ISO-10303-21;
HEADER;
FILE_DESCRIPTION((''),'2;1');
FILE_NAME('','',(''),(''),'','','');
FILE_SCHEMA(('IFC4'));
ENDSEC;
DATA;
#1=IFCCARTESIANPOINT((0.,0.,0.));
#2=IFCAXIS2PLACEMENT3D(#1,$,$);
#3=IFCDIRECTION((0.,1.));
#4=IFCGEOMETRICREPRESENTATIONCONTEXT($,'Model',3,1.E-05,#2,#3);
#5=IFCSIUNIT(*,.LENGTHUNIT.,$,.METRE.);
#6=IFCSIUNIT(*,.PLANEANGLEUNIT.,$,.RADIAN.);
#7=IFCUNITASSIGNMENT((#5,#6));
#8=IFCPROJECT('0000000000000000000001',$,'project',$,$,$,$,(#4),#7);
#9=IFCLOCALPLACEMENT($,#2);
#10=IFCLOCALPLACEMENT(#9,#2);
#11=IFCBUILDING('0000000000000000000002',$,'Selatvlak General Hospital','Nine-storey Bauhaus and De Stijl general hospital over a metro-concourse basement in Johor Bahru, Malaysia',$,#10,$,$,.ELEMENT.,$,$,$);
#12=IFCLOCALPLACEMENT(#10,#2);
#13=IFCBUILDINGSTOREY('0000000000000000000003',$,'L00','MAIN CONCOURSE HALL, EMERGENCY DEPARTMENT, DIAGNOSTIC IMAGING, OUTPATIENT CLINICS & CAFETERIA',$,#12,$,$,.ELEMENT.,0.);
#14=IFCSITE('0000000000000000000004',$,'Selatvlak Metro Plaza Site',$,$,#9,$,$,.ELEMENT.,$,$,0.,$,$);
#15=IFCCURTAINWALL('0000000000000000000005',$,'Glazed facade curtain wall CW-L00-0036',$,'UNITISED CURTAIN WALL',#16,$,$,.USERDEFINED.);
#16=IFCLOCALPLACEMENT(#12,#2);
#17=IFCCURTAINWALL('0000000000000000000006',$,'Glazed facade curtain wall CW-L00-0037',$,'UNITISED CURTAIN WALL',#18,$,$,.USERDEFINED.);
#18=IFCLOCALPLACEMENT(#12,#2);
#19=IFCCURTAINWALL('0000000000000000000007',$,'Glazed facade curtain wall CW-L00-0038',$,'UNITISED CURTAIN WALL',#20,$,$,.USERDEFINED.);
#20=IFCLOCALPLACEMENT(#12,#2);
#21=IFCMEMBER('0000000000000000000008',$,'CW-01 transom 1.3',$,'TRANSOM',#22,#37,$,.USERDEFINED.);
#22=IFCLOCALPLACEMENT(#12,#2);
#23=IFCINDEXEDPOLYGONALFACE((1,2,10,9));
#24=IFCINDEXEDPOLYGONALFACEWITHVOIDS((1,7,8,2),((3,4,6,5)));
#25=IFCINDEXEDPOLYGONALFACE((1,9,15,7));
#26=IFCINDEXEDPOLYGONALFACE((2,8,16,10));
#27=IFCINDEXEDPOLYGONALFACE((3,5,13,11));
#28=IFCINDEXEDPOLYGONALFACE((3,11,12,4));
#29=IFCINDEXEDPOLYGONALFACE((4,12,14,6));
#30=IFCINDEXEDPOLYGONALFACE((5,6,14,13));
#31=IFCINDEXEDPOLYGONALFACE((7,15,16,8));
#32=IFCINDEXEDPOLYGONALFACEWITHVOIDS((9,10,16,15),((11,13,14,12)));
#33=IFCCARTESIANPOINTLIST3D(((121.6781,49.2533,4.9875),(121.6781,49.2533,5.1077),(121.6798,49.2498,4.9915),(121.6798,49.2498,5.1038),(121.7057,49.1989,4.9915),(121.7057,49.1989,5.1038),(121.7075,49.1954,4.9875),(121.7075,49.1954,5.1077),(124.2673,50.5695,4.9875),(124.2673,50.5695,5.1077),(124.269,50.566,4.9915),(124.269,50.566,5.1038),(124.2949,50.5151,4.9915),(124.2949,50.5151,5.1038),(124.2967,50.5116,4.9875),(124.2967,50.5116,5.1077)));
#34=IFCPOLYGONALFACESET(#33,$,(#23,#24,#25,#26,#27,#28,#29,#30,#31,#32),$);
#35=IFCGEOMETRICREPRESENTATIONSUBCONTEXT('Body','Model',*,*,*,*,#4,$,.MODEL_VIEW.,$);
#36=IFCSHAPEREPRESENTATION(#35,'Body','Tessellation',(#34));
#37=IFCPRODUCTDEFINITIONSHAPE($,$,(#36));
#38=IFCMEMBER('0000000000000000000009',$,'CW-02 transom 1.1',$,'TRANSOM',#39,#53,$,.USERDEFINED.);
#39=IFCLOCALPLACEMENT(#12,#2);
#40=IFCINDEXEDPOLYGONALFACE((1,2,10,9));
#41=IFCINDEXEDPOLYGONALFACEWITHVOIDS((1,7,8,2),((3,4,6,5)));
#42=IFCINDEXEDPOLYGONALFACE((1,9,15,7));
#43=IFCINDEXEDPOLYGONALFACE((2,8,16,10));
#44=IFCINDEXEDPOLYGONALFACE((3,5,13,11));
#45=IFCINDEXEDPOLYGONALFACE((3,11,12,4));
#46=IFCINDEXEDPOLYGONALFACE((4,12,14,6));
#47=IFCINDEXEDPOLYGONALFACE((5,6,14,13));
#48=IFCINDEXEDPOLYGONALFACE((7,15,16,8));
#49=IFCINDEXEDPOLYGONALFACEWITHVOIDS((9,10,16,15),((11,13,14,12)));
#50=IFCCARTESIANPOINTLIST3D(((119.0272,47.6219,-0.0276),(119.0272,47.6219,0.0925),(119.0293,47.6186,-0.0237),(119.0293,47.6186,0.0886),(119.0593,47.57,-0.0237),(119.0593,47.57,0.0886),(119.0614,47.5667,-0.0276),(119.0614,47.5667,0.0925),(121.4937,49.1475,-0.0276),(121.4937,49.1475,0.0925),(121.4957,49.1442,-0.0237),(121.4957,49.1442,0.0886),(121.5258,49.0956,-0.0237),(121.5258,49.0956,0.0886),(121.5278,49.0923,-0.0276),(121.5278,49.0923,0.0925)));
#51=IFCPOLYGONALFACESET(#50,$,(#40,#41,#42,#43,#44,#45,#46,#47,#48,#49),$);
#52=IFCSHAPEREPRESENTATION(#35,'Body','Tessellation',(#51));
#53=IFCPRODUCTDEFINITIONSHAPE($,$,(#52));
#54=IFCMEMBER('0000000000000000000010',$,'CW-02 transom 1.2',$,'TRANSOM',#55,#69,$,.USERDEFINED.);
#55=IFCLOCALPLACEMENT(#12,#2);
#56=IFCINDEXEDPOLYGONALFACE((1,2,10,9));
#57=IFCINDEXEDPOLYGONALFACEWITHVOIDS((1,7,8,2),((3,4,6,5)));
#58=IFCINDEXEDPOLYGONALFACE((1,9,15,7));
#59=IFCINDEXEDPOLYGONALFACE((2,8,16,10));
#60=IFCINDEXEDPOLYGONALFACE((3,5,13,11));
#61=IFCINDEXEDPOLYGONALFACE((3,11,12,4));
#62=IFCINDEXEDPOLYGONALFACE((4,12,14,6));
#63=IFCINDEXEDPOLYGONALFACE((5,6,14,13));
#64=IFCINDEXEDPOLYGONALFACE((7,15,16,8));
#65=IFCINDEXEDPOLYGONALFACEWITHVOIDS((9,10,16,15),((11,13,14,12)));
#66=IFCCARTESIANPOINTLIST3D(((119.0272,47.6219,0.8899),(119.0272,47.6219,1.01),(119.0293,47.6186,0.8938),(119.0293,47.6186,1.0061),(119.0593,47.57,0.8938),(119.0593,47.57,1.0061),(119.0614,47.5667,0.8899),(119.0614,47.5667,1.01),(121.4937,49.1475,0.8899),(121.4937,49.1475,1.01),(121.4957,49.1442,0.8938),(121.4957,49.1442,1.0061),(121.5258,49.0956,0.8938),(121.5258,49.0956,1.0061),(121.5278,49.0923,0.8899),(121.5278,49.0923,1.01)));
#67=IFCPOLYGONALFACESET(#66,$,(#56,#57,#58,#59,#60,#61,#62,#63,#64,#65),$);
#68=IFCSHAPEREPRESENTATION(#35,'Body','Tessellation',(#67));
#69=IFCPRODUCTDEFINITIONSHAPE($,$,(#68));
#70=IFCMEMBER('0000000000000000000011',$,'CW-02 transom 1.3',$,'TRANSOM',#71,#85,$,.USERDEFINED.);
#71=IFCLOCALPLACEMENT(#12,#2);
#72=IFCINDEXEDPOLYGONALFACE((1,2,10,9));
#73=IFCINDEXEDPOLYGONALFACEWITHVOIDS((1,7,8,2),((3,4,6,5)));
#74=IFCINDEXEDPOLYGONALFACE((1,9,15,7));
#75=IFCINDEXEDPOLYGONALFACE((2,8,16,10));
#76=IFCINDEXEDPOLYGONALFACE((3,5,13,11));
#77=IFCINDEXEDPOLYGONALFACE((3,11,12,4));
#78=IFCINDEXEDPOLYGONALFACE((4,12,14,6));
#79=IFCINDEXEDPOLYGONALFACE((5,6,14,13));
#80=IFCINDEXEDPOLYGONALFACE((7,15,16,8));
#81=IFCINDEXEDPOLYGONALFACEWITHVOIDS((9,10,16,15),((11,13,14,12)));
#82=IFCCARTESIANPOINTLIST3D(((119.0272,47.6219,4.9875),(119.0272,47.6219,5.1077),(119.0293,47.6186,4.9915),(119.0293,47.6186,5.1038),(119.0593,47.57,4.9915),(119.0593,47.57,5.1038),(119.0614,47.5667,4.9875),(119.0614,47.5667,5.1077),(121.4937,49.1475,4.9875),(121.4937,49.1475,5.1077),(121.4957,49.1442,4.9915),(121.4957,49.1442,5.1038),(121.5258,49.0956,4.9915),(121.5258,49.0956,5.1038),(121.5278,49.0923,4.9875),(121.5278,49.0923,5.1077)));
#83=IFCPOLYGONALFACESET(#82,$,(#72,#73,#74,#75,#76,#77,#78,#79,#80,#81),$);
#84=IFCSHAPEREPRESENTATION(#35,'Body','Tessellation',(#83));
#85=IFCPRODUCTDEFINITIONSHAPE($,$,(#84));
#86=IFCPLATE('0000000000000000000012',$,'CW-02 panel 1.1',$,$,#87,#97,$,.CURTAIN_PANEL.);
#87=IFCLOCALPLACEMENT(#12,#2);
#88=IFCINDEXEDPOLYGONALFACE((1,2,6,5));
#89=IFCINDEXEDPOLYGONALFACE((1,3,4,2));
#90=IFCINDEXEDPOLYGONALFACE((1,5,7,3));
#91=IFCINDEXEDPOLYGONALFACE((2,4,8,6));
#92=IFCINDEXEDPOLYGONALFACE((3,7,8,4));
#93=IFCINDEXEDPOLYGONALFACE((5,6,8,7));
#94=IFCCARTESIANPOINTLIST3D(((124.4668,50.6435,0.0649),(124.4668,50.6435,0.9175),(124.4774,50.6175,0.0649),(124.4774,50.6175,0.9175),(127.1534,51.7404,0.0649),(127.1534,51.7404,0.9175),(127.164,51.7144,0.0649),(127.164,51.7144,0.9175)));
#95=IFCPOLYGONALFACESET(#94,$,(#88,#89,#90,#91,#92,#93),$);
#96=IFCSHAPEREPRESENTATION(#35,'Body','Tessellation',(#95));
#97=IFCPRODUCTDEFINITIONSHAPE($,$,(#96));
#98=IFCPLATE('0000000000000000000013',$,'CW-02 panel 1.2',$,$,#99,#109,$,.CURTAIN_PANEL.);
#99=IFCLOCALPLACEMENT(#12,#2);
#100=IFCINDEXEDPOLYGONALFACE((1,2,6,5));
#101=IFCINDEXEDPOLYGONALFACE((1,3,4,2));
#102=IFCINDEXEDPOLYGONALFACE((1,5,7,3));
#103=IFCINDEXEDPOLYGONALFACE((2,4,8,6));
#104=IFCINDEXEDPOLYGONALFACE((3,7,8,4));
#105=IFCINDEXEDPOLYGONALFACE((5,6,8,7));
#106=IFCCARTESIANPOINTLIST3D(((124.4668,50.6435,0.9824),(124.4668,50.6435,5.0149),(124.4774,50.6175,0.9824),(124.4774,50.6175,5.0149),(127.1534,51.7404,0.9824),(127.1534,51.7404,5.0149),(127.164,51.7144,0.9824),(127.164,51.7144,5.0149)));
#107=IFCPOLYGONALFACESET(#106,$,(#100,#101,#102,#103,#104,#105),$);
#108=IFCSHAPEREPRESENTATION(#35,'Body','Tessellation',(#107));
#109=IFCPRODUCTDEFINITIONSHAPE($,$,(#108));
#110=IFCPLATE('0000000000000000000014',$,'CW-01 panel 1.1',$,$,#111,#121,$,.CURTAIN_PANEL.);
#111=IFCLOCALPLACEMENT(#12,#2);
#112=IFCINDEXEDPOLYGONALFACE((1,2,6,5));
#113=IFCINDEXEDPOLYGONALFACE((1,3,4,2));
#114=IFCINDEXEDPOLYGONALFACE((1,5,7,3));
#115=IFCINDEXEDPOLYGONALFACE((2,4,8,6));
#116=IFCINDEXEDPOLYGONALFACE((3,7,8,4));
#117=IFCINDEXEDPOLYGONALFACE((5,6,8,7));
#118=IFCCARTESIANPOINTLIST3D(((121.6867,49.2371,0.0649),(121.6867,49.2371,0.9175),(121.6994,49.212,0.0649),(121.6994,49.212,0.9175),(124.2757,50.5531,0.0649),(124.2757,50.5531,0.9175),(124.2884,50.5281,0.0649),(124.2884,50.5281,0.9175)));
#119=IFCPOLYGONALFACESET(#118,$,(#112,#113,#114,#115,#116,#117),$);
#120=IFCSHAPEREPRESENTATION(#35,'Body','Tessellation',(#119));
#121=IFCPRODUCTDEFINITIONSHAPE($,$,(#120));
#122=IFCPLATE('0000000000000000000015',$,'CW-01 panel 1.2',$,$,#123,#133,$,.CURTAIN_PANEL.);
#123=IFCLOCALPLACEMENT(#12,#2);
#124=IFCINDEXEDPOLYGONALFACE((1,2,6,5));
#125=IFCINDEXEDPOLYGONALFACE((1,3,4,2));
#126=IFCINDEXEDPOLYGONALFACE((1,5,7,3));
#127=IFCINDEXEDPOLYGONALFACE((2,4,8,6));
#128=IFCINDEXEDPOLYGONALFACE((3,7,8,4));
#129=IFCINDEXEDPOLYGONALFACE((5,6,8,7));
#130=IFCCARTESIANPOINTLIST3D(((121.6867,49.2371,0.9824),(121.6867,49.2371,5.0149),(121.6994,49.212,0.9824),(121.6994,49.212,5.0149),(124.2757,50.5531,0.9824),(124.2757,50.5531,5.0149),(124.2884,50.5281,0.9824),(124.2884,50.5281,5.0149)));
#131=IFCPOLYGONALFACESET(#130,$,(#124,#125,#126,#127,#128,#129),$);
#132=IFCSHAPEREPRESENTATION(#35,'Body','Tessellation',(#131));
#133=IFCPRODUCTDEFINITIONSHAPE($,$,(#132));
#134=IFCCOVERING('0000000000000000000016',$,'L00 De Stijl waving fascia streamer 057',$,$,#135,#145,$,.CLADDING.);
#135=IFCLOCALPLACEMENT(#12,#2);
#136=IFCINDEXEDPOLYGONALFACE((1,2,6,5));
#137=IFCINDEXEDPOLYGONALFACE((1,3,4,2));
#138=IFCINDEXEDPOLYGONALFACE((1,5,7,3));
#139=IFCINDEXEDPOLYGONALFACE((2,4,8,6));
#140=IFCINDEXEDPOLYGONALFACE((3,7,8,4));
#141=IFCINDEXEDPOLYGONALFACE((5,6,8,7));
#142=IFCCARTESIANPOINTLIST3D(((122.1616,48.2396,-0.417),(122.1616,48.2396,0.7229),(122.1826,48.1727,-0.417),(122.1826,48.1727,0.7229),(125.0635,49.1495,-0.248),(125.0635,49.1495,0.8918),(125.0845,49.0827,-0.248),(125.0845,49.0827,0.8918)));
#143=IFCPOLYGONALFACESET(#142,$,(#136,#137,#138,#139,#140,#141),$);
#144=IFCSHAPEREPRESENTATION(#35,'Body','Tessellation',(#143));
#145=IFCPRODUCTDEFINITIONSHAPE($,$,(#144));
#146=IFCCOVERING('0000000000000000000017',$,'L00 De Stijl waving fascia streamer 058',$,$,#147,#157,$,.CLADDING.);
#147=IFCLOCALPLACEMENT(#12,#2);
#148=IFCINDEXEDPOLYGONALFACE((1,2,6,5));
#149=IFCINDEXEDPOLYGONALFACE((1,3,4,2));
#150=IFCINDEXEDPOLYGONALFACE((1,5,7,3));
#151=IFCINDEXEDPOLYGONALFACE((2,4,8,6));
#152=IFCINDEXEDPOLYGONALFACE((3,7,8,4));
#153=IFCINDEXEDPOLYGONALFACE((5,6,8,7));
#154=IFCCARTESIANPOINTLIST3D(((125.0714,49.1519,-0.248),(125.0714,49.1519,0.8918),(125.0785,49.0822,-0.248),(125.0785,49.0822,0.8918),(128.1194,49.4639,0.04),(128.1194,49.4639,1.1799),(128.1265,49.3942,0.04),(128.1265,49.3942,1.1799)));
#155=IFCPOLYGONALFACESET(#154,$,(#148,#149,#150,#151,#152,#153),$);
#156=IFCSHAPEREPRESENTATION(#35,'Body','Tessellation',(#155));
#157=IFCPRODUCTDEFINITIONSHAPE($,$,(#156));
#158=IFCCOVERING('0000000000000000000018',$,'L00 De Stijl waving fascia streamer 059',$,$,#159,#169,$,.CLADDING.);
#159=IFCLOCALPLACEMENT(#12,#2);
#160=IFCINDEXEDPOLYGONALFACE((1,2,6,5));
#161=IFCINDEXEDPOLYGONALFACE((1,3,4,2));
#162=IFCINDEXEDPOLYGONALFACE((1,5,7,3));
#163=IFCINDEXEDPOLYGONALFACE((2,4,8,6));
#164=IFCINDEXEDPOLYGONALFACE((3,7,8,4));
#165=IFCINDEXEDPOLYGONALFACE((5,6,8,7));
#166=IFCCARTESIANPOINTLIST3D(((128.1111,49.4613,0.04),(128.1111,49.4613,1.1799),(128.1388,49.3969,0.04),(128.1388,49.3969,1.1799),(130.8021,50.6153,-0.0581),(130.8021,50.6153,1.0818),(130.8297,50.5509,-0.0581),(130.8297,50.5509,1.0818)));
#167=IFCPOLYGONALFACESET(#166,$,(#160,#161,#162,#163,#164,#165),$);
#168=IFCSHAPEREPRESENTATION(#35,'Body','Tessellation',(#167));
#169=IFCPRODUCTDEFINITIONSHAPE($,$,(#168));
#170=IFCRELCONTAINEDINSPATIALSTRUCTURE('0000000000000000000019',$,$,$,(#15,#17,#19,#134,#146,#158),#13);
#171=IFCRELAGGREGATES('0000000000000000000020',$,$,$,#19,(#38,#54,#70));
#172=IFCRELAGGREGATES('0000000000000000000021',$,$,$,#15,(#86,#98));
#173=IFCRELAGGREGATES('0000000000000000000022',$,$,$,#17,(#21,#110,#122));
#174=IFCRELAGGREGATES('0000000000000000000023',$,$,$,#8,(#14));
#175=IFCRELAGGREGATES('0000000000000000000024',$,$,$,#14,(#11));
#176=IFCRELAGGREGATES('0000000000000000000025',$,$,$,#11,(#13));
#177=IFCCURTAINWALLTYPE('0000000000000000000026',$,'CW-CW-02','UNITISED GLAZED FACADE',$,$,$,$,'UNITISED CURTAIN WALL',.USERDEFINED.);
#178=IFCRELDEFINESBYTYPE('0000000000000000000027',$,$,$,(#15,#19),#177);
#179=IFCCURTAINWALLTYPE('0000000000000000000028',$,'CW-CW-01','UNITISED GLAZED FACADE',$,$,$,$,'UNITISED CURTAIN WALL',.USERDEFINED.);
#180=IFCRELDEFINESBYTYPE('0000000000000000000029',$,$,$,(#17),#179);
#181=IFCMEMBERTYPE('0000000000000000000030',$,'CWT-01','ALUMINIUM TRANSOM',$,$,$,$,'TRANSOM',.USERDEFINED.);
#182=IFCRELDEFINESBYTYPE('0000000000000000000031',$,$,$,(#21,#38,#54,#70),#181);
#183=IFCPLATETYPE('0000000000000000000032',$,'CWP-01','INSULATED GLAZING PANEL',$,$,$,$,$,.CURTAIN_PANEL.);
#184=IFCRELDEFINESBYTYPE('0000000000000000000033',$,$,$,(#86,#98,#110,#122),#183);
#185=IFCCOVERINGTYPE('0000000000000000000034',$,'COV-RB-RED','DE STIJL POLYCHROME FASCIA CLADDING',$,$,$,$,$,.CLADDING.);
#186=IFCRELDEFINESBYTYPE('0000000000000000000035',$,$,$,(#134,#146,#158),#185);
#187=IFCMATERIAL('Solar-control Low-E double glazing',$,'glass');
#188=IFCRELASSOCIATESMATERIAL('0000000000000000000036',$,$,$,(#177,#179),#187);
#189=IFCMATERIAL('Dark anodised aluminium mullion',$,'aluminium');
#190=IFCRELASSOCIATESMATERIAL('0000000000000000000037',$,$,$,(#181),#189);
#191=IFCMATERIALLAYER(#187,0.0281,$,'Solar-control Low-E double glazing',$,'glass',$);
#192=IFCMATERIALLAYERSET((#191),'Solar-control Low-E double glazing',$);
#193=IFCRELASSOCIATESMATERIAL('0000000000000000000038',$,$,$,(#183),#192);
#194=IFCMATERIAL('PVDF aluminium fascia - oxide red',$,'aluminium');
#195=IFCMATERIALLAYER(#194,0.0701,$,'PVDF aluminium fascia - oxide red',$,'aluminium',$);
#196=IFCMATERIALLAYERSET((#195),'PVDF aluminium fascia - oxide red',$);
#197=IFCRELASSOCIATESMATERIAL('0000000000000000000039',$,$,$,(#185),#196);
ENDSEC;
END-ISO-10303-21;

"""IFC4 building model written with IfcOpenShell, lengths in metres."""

from ifc_helpers import new_model, si_unit, direction, frame, origin, origin_2d, place, context, subcontext, project, spatial, polyline, rectangle, hollow_rectangle, outline, extrude, material, layer, layer_set, material_profile, profile_set, type_object, element, aggregate, save


model = new_model("IFC4")

# Units and contexts
model_context = context("Model", 3, precision=1e-05, world=origin(), true_north=direction((0.0, 1.0)))
body_context = subcontext(model_context, "Body", "Model", "MODEL_VIEW")
ifc_project = project(units=[si_unit("LENGTHUNIT", "METRE"), si_unit("PLANEANGLEUNIT", "RADIAN")], contexts=[model_context])

# Site, building, storey
site_placement = place(None, origin())
site = spatial("IfcSite", under=ifc_project, at=site_placement, Name="Selatvlak Metro Plaza Site", CompositionType="ELEMENT", RefElevation=0.0)
building_placement = place(site_placement, origin())
building = spatial("IfcBuilding", under=site, at=building_placement, Name="Selatvlak General Hospital", Description="Nine-storey Bauhaus and De Stijl general hospital over a metro-concourse basement in Johor Bahru, Malaysia", CompositionType="ELEMENT")
storey_placement = place(building_placement, origin())
storey = spatial("IfcBuildingStorey", under=building, at=storey_placement, Name="L00", Description="MAIN CONCOURSE HALL, EMERGENCY DEPARTMENT, DIAGNOSTIC IMAGING, OUTPATIENT CLINICS & CAFETERIA", CompositionType="ELEMENT", Elevation=0.0)

# Curtain wall
ifc_material_1 = material(Name="Solar-control Low-E double glazing", Category="glass")
curtain_wall_type_1 = type_object("IfcCurtainWallType", Name="CW-CW-02", Description="UNITISED GLAZED FACADE", ElementType="UNITISED CURTAIN WALL", PredefinedType="USERDEFINED", material=ifc_material_1)
curtain_wall_1_placement = place(storey_placement, origin())
curtain_wall_1 = element("IfcCurtainWall", 1, at=curtain_wall_1_placement, inside=storey, type_object=curtain_wall_type_1, Name="Glazed facade curtain wall CW-L00-0036", ObjectType="UNITISED CURTAIN WALL", PredefinedType="USERDEFINED")
ifc_material_2 = material(Name="Dark anodised aluminium mullion", Category="aluminium")

# Curtain wall
curtain_wall_type_2 = type_object("IfcCurtainWallType", Name="CW-CW-01", Description="UNITISED GLAZED FACADE", ElementType="UNITISED CURTAIN WALL", PredefinedType="USERDEFINED", material=ifc_material_1)
curtain_wall_2_placement = place(storey_placement, origin())
curtain_wall_2 = element("IfcCurtainWall", 2, at=curtain_wall_2_placement, inside=storey, type_object=curtain_wall_type_2, Name="Glazed facade curtain wall CW-L00-0037", ObjectType="UNITISED CURTAIN WALL", PredefinedType="USERDEFINED")

# Curtain wall
curtain_wall_3_placement = place(storey_placement, origin())
curtain_wall_3 = element("IfcCurtainWall", 3, at=curtain_wall_3_placement, inside=storey, type_object=curtain_wall_type_1, Name="Glazed facade curtain wall CW-L00-0038", ObjectType="UNITISED CURTAIN WALL", PredefinedType="USERDEFINED")

# Members
ifc_material_profile_1 = material_profile(ifc_material_2, hollow_rectangle(XDim=0.0649, YDim=0.1201, WallThickness=0.0039, at=origin_2d()), Name="AL-TRN 65x120x4")
ifc_profile_set_1 = profile_set([ifc_material_profile_1], Name="Dark anodised aluminium mullion")
member_type_1 = type_object("IfcMemberType", Name="CWT-01", Description="ALUMINIUM TRANSOM", ElementType="TRANSOM", PredefinedType="USERDEFINED", material=ifc_profile_set_1)
member_1_placement = place(storey_placement, frame((124.282, 50.5405, 5.0476), z_axis=(-0.891432, -0.453155, 0.0), x_axis=(0.453155, -0.891432, 0.0)))
member_1 = element("IfcMember", 4, at=member_1_placement, type_object=member_type_1, Name="CW-01 transom 1.3", ObjectType="TRANSOM", PredefinedType="USERDEFINED", context=body_context, shape_type="SweptSolid", body=[
    extrude(hollow_rectangle(XDim=0.0649, YDim=0.1201, WallThickness=0.0039, at=origin_2d()), origin(), (0.0, 0.0, 1.0), 2.9045),
])
member_2_placement = place(storey_placement, frame((121.5107, 49.1199, 0.0325), z_axis=(-0.850462, -0.526036, 0.0), x_axis=(0.526036, -0.850462, 0.0)))
member_2 = element("IfcMember", 5, at=member_2_placement, type_object=member_type_1, Name="CW-02 transom 1.1", ObjectType="TRANSOM", PredefinedType="USERDEFINED", context=body_context, shape_type="SweptSolid", body=[
    extrude(hollow_rectangle(XDim=0.0649, YDim=0.1201, WallThickness=0.0039, at=origin_2d()), origin(), (0.0, 0.0, 1.0), 2.9001),
])
member_3_placement = place(storey_placement, frame((121.5107, 49.1199, 0.95), z_axis=(-0.850462, -0.526036, 0.0), x_axis=(0.526036, -0.850462, 0.0)))
member_3 = element("IfcMember", 6, at=member_3_placement, type_object=member_type_1, Name="CW-02 transom 1.2", ObjectType="TRANSOM", PredefinedType="USERDEFINED", context=body_context, shape_type="SweptSolid", body=[
    extrude(hollow_rectangle(XDim=0.0649, YDim=0.1201, WallThickness=0.0039, at=origin_2d()), origin(), (0.0, 0.0, 1.0), 2.9001),
])
member_4_placement = place(storey_placement, frame((121.5107, 49.1199, 5.0476), z_axis=(-0.850462, -0.526036, 0.0), x_axis=(0.526036, -0.850462, 0.0)))
member_4 = element("IfcMember", 7, at=member_4_placement, type_object=member_type_1, Name="CW-02 transom 1.3", ObjectType="TRANSOM", PredefinedType="USERDEFINED", context=body_context, shape_type="SweptSolid", body=[
    extrude(hollow_rectangle(XDim=0.0649, YDim=0.1201, WallThickness=0.0039, at=origin_2d()), origin(), (0.0, 0.0, 1.0), 2.9001),
])
aggregate(curtain_wall_3, [member_2, member_3, member_4])

# Plates
ifc_layer_1 = layer(ifc_material_1, 0.0281, Name="Solar-control Low-E double glazing", Category="glass")
ifc_layer_set_1 = layer_set([ifc_layer_1], Name="Solar-control Low-E double glazing")
plate_type = type_object("IfcPlateType", Name="CWP-01", Description="INSULATED GLAZING PANEL", PredefinedType="CURTAIN_PANEL", material=ifc_layer_set_1)
plate_1_placement = place(storey_placement, frame((125.8154, 51.179, 0.0649), z_axis=(0.0, 0.0, 1.0), x_axis=(-0.925815, -0.377978, 0.0)))
plate_1 = element("IfcPlate", 8, at=plate_1_placement, type_object=plate_type, Name="CW-02 panel 1.1", PredefinedType="CURTAIN_PANEL", context=body_context, shape_type="SweptSolid", body=[
    extrude(rectangle(XDim=2.9019, YDim=0.0281, at=origin_2d()), origin(), (0.0, 0.0, 1.0), 0.8525),
])
plate_2_placement = place(storey_placement, frame((125.8154, 51.179, 0.9824), z_axis=(0.0, 0.0, 1.0), x_axis=(-0.925815, -0.377978, 0.0)))
plate_2 = element("IfcPlate", 9, at=plate_2_placement, type_object=plate_type, Name="CW-02 panel 1.2", PredefinedType="CURTAIN_PANEL", context=body_context, shape_type="SweptSolid", body=[
    extrude(rectangle(XDim=2.9019, YDim=0.0281, at=origin_2d()), origin(), (0.0, 0.0, 1.0), 4.0325),
])
aggregate(curtain_wall_1, [plate_1, plate_2])
plate_3_placement = place(storey_placement, frame((122.9875, 49.8826, 0.0649), z_axis=(0.0, 0.0, 1.0), x_axis=(-0.891442, -0.453136, 0.0)))
plate_3 = element("IfcPlate", 10, at=plate_3_placement, type_object=plate_type, Name="CW-01 panel 1.1", PredefinedType="CURTAIN_PANEL", context=body_context, shape_type="SweptSolid", body=[
    extrude(rectangle(XDim=2.9043, YDim=0.0281, at=origin_2d()), origin(), (0.0, 0.0, 1.0), 0.8525),
])
plate_4_placement = place(storey_placement, frame((122.9875, 49.8826, 0.9824), z_axis=(0.0, 0.0, 1.0), x_axis=(-0.891442, -0.453136, 0.0)))
plate_4 = element("IfcPlate", 11, at=plate_4_placement, type_object=plate_type, Name="CW-01 panel 1.2", PredefinedType="CURTAIN_PANEL", context=body_context, shape_type="SweptSolid", body=[
    extrude(rectangle(XDim=2.9043, YDim=0.0281, at=origin_2d()), origin(), (0.0, 0.0, 1.0), 4.0325),
])
aggregate(curtain_wall_2, [member_1, plate_3, plate_4])

# Coverings
ifc_material_3 = material(Name="PVDF aluminium fascia - oxide red", Category="aluminium")
ifc_layer_2 = layer(ifc_material_3, 0.0701, Name="PVDF aluminium fascia - oxide red", Category="aluminium")
ifc_layer_set_2 = layer_set([ifc_layer_2], Name="PVDF aluminium fascia - oxide red")
covering_type = type_object("IfcCoveringType", Name="COV-RB-RED", Description="DE STIJL POLYCHROME FASCIA CLADDING", PredefinedType="CLADDING", material=ifc_layer_set_2)
covering_1_placement = place(storey_placement, frame((122.1721, 48.2061, -0.417), z_axis=(0.0, 0.0, 1.0), x_axis=(0.954191, 0.299198, 0.0)))
element("IfcCovering", 12, at=covering_1_placement, inside=storey, type_object=covering_type, Name="L00 De Stijl waving fascia streamer 057", PredefinedType="CLADDING", context=body_context, shape_type="SweptSolid", body=[
    extrude(outline(polyline([(0.0, 0.0), (3.0413, 0.1689), (3.0413, 1.3088), (0.0, 1.1399), (0.0, 0.0)])), frame((0.0, 0.0352, 0.0), z_axis=(0.0, -1.0, 0.0), x_axis=(1.0, 0.0, 0.0)), (0.0, 0.0, 1.0), 0.0701),
])
covering_2_placement = place(storey_placement, frame((125.075, 49.1169, -0.248), z_axis=(0.0, 0.0, 1.0), x_axis=(0.994802, 0.101831, 0.0)))
element("IfcCovering", 13, at=covering_2_placement, inside=storey, type_object=covering_type, Name="L00 De Stijl waving fascia streamer 058", PredefinedType="CLADDING", context=body_context, shape_type="SweptSolid", body=[
    extrude(outline(polyline([(0.0, 0.0), (3.064, 0.2881), (3.064, 1.428), (0.0, 1.1399), (0.0, 0.0)])), frame((0.0, 0.0352, 0.0), z_axis=(0.0, -1.0, 0.0), x_axis=(1.0, 0.0, 0.0)), (0.0, 0.0, 1.0), 0.0701),
])
covering_3_placement = place(storey_placement, frame((128.125, 49.429, 0.04), z_axis=(0.0, 0.0, 1.0), x_axis=(0.919046, 0.394151, 0.0)))
element("IfcCovering", 14, at=covering_3_placement, inside=storey, type_object=covering_type, Name="L00 De Stijl waving fascia streamer 059", PredefinedType="CLADDING", context=body_context, shape_type="SweptSolid", body=[
    extrude(outline(polyline([(0.0, 0.0), (2.928, -0.0981), (2.928, 1.0417), (0.0, 1.1399), (0.0, 0.0)])), frame((0.0, 0.0352, 0.0), z_axis=(0.0, -1.0, 0.0), x_axis=(1.0, 0.0, 0.0)), (0.0, 0.0, 1.0), 0.0701),
])

save(model, "model.ifc")
